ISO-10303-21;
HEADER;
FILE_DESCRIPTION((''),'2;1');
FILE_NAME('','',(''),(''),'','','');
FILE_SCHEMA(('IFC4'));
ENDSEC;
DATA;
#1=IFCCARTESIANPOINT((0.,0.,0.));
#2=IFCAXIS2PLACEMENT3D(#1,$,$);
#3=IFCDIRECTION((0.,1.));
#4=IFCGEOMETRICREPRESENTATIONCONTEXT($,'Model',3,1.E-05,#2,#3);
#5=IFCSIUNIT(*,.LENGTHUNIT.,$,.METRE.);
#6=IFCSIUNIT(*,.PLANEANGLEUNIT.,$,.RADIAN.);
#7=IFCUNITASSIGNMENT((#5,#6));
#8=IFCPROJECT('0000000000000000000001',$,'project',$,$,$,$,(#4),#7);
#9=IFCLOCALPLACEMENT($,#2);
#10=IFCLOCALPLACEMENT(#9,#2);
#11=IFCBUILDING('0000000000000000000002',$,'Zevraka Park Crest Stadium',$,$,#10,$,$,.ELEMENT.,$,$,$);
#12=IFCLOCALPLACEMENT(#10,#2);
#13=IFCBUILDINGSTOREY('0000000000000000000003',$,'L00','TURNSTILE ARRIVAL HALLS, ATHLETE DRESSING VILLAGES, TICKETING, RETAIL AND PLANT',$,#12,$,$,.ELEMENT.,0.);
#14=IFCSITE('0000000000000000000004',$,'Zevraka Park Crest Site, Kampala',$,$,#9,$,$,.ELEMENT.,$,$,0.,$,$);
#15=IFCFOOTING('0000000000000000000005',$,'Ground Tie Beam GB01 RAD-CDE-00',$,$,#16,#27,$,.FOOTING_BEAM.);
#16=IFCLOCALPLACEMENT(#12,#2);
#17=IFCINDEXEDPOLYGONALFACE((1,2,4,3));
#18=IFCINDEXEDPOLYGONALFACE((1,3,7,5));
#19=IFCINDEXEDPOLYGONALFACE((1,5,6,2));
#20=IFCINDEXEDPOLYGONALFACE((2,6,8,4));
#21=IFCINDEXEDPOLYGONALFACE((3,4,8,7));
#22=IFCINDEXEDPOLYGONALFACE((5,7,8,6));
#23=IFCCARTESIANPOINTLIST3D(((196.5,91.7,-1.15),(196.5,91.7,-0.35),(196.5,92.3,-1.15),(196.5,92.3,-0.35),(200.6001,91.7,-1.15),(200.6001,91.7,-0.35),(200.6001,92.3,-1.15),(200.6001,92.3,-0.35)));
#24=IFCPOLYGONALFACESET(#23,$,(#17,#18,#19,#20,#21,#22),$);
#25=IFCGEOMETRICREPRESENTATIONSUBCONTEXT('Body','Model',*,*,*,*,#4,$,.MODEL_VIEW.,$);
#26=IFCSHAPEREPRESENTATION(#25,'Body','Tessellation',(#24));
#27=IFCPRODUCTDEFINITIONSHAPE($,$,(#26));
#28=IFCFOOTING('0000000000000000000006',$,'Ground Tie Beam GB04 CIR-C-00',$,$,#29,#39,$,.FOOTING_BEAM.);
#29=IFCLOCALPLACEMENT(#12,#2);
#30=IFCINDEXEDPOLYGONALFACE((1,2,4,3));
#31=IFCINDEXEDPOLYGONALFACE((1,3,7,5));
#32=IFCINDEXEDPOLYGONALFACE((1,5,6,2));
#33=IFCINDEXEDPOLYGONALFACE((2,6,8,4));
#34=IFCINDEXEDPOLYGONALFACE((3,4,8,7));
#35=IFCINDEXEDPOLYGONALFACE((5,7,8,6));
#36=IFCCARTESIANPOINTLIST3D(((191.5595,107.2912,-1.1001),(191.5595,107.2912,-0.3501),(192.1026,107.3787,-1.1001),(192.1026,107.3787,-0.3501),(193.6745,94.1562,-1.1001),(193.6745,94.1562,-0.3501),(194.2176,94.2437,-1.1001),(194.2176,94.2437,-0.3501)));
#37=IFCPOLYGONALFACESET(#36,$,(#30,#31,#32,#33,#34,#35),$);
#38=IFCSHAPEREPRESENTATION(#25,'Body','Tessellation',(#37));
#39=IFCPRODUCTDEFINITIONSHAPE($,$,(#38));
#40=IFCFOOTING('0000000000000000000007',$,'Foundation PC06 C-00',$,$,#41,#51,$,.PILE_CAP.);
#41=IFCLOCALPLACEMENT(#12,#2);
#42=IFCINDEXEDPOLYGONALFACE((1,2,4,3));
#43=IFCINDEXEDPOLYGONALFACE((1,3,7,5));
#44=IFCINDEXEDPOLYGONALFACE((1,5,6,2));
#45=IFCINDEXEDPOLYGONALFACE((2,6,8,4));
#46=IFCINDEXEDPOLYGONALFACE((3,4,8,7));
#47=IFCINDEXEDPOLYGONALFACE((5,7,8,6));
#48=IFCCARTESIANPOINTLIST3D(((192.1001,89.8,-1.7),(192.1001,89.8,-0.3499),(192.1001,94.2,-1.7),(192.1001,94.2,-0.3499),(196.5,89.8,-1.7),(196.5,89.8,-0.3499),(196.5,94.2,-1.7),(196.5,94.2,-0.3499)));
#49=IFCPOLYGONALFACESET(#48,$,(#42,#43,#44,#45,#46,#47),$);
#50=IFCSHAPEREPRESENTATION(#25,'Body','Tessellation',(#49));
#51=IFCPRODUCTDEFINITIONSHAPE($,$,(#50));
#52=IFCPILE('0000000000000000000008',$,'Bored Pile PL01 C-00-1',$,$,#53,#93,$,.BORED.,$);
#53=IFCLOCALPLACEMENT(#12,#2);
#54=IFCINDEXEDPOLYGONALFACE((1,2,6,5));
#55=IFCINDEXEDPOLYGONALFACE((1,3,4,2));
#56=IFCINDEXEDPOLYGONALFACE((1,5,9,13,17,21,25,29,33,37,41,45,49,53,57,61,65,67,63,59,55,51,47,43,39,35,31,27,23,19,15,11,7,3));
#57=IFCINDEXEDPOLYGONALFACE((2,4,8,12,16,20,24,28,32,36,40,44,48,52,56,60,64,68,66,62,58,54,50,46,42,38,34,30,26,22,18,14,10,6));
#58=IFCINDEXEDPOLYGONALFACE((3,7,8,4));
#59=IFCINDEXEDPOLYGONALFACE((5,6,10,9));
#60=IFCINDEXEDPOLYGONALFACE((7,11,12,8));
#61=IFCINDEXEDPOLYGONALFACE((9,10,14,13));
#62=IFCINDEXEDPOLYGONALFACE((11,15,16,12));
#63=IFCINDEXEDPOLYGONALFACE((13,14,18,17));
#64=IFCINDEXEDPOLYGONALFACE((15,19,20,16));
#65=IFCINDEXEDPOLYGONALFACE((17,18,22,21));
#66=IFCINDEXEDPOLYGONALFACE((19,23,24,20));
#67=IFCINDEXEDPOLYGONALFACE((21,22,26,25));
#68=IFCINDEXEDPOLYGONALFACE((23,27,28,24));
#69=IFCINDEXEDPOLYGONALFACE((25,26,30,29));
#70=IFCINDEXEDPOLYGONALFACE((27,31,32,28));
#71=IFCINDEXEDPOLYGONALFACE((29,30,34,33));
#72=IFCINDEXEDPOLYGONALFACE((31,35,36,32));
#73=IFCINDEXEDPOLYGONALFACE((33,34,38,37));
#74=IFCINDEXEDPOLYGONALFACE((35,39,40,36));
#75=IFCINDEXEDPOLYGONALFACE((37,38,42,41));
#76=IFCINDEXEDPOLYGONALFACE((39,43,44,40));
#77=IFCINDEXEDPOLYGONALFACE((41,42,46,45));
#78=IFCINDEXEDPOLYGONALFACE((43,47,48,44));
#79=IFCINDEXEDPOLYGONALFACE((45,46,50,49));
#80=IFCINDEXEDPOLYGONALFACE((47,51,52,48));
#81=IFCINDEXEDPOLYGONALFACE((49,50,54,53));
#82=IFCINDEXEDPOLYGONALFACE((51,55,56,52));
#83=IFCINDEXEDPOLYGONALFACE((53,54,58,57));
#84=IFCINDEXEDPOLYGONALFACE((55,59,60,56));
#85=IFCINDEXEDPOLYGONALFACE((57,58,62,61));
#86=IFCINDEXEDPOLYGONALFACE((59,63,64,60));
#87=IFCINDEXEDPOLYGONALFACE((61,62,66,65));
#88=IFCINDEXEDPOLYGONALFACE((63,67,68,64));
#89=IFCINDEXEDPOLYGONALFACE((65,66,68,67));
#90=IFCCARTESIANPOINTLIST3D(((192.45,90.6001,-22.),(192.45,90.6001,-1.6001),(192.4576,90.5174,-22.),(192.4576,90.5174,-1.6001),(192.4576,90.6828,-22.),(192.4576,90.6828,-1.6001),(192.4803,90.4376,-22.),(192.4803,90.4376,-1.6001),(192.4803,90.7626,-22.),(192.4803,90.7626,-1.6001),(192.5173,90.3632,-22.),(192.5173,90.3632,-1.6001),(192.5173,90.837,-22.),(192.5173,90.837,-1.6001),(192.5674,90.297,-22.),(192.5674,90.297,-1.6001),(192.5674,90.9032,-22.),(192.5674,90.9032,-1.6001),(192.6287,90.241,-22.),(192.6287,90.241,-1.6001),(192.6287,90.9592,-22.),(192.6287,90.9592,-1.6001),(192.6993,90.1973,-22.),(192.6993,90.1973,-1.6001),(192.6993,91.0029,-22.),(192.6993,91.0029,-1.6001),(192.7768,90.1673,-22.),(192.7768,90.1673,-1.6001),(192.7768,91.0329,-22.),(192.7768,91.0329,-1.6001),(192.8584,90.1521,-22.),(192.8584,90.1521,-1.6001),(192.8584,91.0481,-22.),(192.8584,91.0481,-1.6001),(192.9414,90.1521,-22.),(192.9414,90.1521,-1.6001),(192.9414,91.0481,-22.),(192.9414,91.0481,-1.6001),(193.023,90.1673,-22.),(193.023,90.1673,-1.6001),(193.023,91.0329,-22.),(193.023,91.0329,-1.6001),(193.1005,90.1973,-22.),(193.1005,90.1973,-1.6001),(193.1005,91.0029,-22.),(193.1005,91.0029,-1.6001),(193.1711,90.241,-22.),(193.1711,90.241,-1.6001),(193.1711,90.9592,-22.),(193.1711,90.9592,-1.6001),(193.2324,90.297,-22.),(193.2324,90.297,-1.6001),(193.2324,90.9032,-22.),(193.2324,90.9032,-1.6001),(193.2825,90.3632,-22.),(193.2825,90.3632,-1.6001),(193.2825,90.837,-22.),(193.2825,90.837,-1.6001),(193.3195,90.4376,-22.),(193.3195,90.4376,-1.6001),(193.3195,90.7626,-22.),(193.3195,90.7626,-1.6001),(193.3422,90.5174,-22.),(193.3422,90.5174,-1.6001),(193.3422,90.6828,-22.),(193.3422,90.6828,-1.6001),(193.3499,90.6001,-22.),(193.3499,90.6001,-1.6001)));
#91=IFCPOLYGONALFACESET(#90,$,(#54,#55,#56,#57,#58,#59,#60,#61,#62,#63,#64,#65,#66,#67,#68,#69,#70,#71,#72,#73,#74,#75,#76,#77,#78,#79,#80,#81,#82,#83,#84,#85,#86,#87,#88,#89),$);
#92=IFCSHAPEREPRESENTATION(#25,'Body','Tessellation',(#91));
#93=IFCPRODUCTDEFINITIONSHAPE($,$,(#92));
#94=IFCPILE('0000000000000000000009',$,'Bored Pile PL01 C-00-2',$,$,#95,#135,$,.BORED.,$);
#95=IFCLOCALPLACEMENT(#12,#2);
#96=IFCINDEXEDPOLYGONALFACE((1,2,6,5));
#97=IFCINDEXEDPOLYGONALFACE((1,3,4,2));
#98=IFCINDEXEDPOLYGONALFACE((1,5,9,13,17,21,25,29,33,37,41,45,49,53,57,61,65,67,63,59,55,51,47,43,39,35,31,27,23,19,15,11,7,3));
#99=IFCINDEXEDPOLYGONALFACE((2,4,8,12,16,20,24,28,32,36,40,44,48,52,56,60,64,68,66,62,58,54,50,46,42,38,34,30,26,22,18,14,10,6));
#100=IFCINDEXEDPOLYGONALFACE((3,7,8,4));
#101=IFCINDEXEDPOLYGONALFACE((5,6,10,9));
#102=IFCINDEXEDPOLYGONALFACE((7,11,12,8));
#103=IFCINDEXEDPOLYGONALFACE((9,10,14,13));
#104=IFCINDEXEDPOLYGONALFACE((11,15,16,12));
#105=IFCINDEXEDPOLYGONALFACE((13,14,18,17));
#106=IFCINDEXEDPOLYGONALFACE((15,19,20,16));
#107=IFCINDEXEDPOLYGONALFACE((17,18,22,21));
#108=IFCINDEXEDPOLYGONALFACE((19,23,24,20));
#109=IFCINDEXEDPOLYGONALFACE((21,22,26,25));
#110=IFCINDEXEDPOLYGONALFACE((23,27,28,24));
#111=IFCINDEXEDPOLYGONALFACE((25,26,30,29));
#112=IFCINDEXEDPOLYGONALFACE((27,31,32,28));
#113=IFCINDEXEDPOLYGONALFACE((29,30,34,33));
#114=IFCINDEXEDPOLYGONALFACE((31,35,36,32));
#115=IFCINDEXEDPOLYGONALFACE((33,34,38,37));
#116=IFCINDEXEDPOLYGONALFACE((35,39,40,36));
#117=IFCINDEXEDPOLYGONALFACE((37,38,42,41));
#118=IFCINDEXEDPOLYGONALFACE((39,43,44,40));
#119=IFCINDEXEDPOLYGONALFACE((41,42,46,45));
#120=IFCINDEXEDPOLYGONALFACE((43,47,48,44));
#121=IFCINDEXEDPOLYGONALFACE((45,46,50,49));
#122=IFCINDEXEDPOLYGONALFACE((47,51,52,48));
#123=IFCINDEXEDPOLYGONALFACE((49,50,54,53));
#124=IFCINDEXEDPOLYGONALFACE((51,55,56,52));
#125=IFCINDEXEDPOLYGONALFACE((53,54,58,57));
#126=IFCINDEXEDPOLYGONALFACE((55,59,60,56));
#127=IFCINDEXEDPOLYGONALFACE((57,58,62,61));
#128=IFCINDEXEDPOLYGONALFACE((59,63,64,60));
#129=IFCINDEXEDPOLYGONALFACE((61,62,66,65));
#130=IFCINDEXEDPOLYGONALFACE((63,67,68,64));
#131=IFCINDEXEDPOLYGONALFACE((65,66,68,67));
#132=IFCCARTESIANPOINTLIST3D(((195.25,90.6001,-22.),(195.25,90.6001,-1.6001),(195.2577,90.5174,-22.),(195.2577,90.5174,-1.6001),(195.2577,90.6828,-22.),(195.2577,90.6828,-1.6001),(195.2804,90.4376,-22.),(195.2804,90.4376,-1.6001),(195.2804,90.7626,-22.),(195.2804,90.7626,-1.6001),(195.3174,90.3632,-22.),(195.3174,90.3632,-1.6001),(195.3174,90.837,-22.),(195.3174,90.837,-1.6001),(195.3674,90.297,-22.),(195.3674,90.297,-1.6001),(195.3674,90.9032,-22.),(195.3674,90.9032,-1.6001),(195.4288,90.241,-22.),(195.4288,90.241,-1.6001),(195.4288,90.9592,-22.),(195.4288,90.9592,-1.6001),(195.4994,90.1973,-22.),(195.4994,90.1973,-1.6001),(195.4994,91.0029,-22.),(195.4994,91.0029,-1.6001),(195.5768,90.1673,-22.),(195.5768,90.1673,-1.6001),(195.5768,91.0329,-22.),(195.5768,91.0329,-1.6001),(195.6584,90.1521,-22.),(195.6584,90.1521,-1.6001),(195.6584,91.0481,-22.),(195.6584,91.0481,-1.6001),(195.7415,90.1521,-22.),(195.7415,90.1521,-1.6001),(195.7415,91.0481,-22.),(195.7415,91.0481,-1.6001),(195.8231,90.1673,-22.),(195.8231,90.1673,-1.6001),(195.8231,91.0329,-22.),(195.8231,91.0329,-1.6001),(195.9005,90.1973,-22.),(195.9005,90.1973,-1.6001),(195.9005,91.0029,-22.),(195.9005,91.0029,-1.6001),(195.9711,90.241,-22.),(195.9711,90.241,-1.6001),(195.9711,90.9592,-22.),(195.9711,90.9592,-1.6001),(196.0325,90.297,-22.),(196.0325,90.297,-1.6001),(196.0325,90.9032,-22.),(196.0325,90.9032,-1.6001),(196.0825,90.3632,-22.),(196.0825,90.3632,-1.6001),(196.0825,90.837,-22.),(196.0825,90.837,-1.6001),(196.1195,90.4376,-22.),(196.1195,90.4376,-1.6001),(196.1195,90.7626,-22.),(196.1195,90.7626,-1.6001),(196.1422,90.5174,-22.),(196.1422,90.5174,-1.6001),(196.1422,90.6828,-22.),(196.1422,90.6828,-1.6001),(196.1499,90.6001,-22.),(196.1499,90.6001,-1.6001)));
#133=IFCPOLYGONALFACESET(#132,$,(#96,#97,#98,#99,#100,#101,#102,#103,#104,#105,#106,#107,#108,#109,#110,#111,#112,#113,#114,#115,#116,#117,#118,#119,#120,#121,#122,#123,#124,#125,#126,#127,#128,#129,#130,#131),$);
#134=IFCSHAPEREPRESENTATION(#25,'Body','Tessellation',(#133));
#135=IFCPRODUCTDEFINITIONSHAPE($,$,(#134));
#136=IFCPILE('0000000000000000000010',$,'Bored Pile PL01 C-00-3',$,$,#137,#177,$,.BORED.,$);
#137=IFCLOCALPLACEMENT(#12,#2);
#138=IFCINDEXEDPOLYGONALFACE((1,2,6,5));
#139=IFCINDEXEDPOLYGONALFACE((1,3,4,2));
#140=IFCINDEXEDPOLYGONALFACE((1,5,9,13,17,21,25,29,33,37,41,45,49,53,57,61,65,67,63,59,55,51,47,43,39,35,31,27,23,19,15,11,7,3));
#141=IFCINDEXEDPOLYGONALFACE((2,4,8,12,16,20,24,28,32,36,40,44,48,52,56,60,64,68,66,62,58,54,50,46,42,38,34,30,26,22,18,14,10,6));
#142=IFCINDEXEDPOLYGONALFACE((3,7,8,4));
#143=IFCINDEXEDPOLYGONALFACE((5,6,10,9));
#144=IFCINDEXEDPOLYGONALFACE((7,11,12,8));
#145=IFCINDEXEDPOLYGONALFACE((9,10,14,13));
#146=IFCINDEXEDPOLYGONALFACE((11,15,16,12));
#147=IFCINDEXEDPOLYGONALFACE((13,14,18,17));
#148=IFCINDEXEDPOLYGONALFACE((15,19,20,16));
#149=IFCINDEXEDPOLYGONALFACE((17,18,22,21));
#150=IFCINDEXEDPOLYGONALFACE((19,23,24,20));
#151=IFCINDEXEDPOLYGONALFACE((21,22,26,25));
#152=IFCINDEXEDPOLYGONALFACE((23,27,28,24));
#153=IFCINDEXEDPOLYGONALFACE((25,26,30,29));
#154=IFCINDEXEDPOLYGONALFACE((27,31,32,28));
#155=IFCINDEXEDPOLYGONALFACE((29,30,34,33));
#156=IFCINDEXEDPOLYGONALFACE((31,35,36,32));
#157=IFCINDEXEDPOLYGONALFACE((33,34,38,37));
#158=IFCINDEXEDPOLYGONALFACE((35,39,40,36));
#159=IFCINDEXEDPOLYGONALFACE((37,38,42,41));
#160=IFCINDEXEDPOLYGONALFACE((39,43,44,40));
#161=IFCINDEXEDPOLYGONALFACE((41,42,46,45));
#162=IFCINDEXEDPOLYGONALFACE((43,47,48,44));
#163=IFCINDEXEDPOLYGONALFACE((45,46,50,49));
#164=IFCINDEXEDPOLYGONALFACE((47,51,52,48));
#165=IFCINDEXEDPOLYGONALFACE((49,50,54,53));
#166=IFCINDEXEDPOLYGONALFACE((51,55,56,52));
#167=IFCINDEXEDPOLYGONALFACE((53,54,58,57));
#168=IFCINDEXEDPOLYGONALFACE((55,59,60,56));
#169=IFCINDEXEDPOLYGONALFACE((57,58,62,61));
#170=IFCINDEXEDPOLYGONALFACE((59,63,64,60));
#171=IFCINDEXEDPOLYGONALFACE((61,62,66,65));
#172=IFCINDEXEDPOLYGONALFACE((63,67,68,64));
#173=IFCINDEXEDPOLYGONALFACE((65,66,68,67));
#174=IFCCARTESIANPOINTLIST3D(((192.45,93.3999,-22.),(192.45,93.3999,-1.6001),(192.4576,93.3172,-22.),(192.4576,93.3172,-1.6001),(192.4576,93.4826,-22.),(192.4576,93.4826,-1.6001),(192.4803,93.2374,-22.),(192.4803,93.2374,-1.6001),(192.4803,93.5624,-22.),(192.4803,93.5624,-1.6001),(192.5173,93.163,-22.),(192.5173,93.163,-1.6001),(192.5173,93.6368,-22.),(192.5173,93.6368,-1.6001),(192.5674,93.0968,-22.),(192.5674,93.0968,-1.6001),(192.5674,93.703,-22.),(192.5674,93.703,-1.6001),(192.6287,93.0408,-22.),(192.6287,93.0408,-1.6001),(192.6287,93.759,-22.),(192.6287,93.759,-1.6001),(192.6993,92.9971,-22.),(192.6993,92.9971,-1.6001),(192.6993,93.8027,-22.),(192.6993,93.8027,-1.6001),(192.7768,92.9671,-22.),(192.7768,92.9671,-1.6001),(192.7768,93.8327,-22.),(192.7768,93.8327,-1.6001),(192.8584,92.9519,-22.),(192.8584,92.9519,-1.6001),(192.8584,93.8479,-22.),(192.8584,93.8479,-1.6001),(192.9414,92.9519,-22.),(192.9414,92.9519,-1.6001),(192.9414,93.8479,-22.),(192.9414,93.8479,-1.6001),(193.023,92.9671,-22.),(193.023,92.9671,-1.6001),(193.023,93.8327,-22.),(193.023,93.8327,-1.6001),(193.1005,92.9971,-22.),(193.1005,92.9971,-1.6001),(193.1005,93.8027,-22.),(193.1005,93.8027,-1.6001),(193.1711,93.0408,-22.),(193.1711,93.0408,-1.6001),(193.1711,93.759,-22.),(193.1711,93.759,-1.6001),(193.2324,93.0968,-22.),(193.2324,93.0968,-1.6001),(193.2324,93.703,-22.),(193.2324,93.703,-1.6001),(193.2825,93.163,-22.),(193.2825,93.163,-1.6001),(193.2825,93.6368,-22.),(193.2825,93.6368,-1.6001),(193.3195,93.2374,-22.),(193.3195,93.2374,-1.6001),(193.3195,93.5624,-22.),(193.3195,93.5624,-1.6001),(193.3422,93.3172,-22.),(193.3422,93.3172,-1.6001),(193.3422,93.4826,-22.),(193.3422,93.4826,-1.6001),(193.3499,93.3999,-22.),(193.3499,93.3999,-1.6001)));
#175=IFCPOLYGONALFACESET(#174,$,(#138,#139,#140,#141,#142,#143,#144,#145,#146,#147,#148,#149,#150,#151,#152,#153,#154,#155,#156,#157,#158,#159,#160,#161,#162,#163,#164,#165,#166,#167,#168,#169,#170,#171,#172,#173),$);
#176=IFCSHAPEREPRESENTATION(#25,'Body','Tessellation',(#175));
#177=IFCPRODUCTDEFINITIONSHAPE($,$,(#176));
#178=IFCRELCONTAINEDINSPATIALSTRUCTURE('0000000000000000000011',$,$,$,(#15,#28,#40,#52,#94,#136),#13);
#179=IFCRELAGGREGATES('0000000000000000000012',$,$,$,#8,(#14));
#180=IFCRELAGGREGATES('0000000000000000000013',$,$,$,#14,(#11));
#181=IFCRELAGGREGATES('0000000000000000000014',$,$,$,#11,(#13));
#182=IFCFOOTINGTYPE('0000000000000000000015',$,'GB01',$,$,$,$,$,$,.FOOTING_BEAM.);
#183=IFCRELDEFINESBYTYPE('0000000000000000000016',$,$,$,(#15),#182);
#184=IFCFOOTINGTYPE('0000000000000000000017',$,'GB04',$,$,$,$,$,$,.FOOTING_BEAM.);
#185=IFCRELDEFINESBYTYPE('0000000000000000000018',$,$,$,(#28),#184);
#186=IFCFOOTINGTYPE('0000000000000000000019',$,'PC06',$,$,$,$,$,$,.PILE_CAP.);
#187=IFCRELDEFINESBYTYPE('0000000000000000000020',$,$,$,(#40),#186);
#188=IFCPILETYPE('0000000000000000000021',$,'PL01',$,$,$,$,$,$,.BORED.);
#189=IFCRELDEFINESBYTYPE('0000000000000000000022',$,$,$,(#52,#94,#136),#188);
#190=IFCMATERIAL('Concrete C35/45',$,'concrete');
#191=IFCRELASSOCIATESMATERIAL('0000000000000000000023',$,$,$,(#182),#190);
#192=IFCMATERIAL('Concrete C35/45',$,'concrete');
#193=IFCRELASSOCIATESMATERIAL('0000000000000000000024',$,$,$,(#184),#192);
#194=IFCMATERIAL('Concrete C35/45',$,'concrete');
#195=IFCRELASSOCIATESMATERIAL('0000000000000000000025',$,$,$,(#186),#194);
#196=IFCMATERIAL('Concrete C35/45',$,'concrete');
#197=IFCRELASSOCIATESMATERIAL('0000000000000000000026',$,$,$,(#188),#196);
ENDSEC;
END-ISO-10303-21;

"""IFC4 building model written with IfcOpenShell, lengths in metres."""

from ifc_helpers import new_model, si_unit, direction, frame, origin, origin_2d, place, context, subcontext, project, spatial, rectangle, circle, extrude, material, material_profile, profile_set, type_object, element, save


model = new_model("IFC4")

# Units and contexts
model_context = context("Model", 3, precision=1e-05, world=origin(), true_north=direction((0.0, 1.0)))
body_context = subcontext(model_context, "Body", "Model", "MODEL_VIEW")
ifc_project = project(units=[si_unit("LENGTHUNIT", "METRE"), si_unit("PLANEANGLEUNIT", "RADIAN")], contexts=[model_context])

# Site, building, storey
site_placement = place(None, origin())
site = spatial("IfcSite", under=ifc_project, at=site_placement, Name="Zevraka Park Crest Site, Kampala", CompositionType="ELEMENT", RefElevation=0.0)
building_placement = place(site_placement, origin())
building = spatial("IfcBuilding", under=site, at=building_placement, Name="Zevraka Park Crest Stadium", CompositionType="ELEMENT")
storey_placement = place(building_placement, origin())
storey = spatial("IfcBuildingStorey", under=building, at=storey_placement, Name="L00", Description="TURNSTILE ARRIVAL HALLS, ATHLETE DRESSING VILLAGES, TICKETING, RETAIL AND PLANT", CompositionType="ELEMENT", Elevation=0.0)

# Footings
ifc_material_1 = material(Name="Concrete C35/45", Category="concrete")
ifc_material_profile_1 = material_profile(ifc_material_1, rectangle(XDim=0.6001, YDim=0.8, at=origin_2d()), Name="GB 800x600")
ifc_profile_set_1 = profile_set([ifc_material_profile_1], Name="Concrete C35/45")
footing_type_1 = type_object("IfcFootingType", Name="GB01", PredefinedType="FOOTING_BEAM", material=ifc_profile_set_1)
footing_1_placement = place(storey_placement, frame((196.5, 92.0, -0.75), z_axis=(1.0, 0.0, 0.0), x_axis=(0.0, 1.0, 0.0)))
element("IfcFooting", 1, at=footing_1_placement, inside=storey, type_object=footing_type_1, Name="Ground Tie Beam GB01 RAD-CDE-00", PredefinedType="FOOTING_BEAM", context=body_context, shape_type="SweptSolid", body=[
    extrude(rectangle(XDim=0.6001, YDim=0.8, at=origin_2d()), origin(), (0.0, 0.0, 1.0), 4.1001),
])
ifc_material_2 = material(Name="Concrete C35/45", Category="concrete")
ifc_material_profile_2 = material_profile(ifc_material_2, rectangle(XDim=0.55, YDim=0.75, at=origin_2d()), Name="GB 750x550")
ifc_profile_set_2 = profile_set([ifc_material_profile_2], Name="Concrete C35/45")
footing_type_2 = type_object("IfcFootingType", Name="GB04", PredefinedType="FOOTING_BEAM", material=ifc_profile_set_2)
footing_2_placement = place(storey_placement, frame((193.946, 94.2, -0.7251), z_axis=(-0.158972, 0.987283, 0.0), x_axis=(-0.987283, -0.158972, 0.0)))
element("IfcFooting", 2, at=footing_2_placement, inside=storey, type_object=footing_type_2, Name="Ground Tie Beam GB04 CIR-C-00", PredefinedType="FOOTING_BEAM", context=body_context, shape_type="SweptSolid", body=[
    extrude(rectangle(XDim=0.55, YDim=0.75, at=origin_2d()), origin(), (0.0, 0.0, 1.0), 13.3042),
])
ifc_material_3 = material(Name="Concrete C35/45", Category="concrete")
footing_type_3 = type_object("IfcFootingType", Name="PC06", PredefinedType="PILE_CAP", material=ifc_material_3)
footing_3_placement = place(storey_placement, frame((194.3, 92.0, -1.7), z_axis=(0.0, 0.0, 1.0), x_axis=(1.0, 0.0, 0.0)))
element("IfcFooting", 3, at=footing_3_placement, inside=storey, type_object=footing_type_3, Name="Foundation PC06 C-00", PredefinedType="PILE_CAP", context=body_context, shape_type="SweptSolid", body=[
    extrude(rectangle(XDim=4.3999, YDim=4.3999, at=origin_2d()), origin(), (0.0, 0.0, 1.0), 1.3501),
])

# Piles
ifc_material_4 = material(Name="Concrete C35/45", Category="concrete")
ifc_material_profile_3 = material_profile(ifc_material_4, circle(Radius=0.45, at=origin_2d()), Name="PILE D900")
ifc_profile_set_3 = profile_set([ifc_material_profile_3], Name="Concrete C35/45")
pile_type = type_object("IfcPileType", Name="PL01", PredefinedType="BORED", material=ifc_profile_set_3)
for number, where, z_axis, x_axis, name in (
    (4, (192.8999, 90.6001, -1.6001), (0.0, 0.0, -1.0), (1.0, 0.0, 0.0), "Bored Pile PL01 C-00-1"),
    (5, (195.7, 90.6001, -1.6001), (0.0, 0.0, -1.0), (1.0, 0.0, 0.0), "Bored Pile PL01 C-00-2"),
    (6, (192.8999, 93.3999, -1.6001), (0.0, 0.0, -1.0), (1.0, 0.0, 0.0), "Bored Pile PL01 C-00-3"),
):
    element("IfcPile", number, at=place(storey_placement, frame(where, z_axis=z_axis, x_axis=x_axis)), inside=storey, type_object=pile_type, Name=name, PredefinedType="BORED", context=body_context, shape_type="SweptSolid", body=[
        extrude(circle(Radius=0.45, at=origin_2d()), origin(), (0.0, 0.0, 1.0), 20.3999),
    ])

save(model, "model.ifc")
